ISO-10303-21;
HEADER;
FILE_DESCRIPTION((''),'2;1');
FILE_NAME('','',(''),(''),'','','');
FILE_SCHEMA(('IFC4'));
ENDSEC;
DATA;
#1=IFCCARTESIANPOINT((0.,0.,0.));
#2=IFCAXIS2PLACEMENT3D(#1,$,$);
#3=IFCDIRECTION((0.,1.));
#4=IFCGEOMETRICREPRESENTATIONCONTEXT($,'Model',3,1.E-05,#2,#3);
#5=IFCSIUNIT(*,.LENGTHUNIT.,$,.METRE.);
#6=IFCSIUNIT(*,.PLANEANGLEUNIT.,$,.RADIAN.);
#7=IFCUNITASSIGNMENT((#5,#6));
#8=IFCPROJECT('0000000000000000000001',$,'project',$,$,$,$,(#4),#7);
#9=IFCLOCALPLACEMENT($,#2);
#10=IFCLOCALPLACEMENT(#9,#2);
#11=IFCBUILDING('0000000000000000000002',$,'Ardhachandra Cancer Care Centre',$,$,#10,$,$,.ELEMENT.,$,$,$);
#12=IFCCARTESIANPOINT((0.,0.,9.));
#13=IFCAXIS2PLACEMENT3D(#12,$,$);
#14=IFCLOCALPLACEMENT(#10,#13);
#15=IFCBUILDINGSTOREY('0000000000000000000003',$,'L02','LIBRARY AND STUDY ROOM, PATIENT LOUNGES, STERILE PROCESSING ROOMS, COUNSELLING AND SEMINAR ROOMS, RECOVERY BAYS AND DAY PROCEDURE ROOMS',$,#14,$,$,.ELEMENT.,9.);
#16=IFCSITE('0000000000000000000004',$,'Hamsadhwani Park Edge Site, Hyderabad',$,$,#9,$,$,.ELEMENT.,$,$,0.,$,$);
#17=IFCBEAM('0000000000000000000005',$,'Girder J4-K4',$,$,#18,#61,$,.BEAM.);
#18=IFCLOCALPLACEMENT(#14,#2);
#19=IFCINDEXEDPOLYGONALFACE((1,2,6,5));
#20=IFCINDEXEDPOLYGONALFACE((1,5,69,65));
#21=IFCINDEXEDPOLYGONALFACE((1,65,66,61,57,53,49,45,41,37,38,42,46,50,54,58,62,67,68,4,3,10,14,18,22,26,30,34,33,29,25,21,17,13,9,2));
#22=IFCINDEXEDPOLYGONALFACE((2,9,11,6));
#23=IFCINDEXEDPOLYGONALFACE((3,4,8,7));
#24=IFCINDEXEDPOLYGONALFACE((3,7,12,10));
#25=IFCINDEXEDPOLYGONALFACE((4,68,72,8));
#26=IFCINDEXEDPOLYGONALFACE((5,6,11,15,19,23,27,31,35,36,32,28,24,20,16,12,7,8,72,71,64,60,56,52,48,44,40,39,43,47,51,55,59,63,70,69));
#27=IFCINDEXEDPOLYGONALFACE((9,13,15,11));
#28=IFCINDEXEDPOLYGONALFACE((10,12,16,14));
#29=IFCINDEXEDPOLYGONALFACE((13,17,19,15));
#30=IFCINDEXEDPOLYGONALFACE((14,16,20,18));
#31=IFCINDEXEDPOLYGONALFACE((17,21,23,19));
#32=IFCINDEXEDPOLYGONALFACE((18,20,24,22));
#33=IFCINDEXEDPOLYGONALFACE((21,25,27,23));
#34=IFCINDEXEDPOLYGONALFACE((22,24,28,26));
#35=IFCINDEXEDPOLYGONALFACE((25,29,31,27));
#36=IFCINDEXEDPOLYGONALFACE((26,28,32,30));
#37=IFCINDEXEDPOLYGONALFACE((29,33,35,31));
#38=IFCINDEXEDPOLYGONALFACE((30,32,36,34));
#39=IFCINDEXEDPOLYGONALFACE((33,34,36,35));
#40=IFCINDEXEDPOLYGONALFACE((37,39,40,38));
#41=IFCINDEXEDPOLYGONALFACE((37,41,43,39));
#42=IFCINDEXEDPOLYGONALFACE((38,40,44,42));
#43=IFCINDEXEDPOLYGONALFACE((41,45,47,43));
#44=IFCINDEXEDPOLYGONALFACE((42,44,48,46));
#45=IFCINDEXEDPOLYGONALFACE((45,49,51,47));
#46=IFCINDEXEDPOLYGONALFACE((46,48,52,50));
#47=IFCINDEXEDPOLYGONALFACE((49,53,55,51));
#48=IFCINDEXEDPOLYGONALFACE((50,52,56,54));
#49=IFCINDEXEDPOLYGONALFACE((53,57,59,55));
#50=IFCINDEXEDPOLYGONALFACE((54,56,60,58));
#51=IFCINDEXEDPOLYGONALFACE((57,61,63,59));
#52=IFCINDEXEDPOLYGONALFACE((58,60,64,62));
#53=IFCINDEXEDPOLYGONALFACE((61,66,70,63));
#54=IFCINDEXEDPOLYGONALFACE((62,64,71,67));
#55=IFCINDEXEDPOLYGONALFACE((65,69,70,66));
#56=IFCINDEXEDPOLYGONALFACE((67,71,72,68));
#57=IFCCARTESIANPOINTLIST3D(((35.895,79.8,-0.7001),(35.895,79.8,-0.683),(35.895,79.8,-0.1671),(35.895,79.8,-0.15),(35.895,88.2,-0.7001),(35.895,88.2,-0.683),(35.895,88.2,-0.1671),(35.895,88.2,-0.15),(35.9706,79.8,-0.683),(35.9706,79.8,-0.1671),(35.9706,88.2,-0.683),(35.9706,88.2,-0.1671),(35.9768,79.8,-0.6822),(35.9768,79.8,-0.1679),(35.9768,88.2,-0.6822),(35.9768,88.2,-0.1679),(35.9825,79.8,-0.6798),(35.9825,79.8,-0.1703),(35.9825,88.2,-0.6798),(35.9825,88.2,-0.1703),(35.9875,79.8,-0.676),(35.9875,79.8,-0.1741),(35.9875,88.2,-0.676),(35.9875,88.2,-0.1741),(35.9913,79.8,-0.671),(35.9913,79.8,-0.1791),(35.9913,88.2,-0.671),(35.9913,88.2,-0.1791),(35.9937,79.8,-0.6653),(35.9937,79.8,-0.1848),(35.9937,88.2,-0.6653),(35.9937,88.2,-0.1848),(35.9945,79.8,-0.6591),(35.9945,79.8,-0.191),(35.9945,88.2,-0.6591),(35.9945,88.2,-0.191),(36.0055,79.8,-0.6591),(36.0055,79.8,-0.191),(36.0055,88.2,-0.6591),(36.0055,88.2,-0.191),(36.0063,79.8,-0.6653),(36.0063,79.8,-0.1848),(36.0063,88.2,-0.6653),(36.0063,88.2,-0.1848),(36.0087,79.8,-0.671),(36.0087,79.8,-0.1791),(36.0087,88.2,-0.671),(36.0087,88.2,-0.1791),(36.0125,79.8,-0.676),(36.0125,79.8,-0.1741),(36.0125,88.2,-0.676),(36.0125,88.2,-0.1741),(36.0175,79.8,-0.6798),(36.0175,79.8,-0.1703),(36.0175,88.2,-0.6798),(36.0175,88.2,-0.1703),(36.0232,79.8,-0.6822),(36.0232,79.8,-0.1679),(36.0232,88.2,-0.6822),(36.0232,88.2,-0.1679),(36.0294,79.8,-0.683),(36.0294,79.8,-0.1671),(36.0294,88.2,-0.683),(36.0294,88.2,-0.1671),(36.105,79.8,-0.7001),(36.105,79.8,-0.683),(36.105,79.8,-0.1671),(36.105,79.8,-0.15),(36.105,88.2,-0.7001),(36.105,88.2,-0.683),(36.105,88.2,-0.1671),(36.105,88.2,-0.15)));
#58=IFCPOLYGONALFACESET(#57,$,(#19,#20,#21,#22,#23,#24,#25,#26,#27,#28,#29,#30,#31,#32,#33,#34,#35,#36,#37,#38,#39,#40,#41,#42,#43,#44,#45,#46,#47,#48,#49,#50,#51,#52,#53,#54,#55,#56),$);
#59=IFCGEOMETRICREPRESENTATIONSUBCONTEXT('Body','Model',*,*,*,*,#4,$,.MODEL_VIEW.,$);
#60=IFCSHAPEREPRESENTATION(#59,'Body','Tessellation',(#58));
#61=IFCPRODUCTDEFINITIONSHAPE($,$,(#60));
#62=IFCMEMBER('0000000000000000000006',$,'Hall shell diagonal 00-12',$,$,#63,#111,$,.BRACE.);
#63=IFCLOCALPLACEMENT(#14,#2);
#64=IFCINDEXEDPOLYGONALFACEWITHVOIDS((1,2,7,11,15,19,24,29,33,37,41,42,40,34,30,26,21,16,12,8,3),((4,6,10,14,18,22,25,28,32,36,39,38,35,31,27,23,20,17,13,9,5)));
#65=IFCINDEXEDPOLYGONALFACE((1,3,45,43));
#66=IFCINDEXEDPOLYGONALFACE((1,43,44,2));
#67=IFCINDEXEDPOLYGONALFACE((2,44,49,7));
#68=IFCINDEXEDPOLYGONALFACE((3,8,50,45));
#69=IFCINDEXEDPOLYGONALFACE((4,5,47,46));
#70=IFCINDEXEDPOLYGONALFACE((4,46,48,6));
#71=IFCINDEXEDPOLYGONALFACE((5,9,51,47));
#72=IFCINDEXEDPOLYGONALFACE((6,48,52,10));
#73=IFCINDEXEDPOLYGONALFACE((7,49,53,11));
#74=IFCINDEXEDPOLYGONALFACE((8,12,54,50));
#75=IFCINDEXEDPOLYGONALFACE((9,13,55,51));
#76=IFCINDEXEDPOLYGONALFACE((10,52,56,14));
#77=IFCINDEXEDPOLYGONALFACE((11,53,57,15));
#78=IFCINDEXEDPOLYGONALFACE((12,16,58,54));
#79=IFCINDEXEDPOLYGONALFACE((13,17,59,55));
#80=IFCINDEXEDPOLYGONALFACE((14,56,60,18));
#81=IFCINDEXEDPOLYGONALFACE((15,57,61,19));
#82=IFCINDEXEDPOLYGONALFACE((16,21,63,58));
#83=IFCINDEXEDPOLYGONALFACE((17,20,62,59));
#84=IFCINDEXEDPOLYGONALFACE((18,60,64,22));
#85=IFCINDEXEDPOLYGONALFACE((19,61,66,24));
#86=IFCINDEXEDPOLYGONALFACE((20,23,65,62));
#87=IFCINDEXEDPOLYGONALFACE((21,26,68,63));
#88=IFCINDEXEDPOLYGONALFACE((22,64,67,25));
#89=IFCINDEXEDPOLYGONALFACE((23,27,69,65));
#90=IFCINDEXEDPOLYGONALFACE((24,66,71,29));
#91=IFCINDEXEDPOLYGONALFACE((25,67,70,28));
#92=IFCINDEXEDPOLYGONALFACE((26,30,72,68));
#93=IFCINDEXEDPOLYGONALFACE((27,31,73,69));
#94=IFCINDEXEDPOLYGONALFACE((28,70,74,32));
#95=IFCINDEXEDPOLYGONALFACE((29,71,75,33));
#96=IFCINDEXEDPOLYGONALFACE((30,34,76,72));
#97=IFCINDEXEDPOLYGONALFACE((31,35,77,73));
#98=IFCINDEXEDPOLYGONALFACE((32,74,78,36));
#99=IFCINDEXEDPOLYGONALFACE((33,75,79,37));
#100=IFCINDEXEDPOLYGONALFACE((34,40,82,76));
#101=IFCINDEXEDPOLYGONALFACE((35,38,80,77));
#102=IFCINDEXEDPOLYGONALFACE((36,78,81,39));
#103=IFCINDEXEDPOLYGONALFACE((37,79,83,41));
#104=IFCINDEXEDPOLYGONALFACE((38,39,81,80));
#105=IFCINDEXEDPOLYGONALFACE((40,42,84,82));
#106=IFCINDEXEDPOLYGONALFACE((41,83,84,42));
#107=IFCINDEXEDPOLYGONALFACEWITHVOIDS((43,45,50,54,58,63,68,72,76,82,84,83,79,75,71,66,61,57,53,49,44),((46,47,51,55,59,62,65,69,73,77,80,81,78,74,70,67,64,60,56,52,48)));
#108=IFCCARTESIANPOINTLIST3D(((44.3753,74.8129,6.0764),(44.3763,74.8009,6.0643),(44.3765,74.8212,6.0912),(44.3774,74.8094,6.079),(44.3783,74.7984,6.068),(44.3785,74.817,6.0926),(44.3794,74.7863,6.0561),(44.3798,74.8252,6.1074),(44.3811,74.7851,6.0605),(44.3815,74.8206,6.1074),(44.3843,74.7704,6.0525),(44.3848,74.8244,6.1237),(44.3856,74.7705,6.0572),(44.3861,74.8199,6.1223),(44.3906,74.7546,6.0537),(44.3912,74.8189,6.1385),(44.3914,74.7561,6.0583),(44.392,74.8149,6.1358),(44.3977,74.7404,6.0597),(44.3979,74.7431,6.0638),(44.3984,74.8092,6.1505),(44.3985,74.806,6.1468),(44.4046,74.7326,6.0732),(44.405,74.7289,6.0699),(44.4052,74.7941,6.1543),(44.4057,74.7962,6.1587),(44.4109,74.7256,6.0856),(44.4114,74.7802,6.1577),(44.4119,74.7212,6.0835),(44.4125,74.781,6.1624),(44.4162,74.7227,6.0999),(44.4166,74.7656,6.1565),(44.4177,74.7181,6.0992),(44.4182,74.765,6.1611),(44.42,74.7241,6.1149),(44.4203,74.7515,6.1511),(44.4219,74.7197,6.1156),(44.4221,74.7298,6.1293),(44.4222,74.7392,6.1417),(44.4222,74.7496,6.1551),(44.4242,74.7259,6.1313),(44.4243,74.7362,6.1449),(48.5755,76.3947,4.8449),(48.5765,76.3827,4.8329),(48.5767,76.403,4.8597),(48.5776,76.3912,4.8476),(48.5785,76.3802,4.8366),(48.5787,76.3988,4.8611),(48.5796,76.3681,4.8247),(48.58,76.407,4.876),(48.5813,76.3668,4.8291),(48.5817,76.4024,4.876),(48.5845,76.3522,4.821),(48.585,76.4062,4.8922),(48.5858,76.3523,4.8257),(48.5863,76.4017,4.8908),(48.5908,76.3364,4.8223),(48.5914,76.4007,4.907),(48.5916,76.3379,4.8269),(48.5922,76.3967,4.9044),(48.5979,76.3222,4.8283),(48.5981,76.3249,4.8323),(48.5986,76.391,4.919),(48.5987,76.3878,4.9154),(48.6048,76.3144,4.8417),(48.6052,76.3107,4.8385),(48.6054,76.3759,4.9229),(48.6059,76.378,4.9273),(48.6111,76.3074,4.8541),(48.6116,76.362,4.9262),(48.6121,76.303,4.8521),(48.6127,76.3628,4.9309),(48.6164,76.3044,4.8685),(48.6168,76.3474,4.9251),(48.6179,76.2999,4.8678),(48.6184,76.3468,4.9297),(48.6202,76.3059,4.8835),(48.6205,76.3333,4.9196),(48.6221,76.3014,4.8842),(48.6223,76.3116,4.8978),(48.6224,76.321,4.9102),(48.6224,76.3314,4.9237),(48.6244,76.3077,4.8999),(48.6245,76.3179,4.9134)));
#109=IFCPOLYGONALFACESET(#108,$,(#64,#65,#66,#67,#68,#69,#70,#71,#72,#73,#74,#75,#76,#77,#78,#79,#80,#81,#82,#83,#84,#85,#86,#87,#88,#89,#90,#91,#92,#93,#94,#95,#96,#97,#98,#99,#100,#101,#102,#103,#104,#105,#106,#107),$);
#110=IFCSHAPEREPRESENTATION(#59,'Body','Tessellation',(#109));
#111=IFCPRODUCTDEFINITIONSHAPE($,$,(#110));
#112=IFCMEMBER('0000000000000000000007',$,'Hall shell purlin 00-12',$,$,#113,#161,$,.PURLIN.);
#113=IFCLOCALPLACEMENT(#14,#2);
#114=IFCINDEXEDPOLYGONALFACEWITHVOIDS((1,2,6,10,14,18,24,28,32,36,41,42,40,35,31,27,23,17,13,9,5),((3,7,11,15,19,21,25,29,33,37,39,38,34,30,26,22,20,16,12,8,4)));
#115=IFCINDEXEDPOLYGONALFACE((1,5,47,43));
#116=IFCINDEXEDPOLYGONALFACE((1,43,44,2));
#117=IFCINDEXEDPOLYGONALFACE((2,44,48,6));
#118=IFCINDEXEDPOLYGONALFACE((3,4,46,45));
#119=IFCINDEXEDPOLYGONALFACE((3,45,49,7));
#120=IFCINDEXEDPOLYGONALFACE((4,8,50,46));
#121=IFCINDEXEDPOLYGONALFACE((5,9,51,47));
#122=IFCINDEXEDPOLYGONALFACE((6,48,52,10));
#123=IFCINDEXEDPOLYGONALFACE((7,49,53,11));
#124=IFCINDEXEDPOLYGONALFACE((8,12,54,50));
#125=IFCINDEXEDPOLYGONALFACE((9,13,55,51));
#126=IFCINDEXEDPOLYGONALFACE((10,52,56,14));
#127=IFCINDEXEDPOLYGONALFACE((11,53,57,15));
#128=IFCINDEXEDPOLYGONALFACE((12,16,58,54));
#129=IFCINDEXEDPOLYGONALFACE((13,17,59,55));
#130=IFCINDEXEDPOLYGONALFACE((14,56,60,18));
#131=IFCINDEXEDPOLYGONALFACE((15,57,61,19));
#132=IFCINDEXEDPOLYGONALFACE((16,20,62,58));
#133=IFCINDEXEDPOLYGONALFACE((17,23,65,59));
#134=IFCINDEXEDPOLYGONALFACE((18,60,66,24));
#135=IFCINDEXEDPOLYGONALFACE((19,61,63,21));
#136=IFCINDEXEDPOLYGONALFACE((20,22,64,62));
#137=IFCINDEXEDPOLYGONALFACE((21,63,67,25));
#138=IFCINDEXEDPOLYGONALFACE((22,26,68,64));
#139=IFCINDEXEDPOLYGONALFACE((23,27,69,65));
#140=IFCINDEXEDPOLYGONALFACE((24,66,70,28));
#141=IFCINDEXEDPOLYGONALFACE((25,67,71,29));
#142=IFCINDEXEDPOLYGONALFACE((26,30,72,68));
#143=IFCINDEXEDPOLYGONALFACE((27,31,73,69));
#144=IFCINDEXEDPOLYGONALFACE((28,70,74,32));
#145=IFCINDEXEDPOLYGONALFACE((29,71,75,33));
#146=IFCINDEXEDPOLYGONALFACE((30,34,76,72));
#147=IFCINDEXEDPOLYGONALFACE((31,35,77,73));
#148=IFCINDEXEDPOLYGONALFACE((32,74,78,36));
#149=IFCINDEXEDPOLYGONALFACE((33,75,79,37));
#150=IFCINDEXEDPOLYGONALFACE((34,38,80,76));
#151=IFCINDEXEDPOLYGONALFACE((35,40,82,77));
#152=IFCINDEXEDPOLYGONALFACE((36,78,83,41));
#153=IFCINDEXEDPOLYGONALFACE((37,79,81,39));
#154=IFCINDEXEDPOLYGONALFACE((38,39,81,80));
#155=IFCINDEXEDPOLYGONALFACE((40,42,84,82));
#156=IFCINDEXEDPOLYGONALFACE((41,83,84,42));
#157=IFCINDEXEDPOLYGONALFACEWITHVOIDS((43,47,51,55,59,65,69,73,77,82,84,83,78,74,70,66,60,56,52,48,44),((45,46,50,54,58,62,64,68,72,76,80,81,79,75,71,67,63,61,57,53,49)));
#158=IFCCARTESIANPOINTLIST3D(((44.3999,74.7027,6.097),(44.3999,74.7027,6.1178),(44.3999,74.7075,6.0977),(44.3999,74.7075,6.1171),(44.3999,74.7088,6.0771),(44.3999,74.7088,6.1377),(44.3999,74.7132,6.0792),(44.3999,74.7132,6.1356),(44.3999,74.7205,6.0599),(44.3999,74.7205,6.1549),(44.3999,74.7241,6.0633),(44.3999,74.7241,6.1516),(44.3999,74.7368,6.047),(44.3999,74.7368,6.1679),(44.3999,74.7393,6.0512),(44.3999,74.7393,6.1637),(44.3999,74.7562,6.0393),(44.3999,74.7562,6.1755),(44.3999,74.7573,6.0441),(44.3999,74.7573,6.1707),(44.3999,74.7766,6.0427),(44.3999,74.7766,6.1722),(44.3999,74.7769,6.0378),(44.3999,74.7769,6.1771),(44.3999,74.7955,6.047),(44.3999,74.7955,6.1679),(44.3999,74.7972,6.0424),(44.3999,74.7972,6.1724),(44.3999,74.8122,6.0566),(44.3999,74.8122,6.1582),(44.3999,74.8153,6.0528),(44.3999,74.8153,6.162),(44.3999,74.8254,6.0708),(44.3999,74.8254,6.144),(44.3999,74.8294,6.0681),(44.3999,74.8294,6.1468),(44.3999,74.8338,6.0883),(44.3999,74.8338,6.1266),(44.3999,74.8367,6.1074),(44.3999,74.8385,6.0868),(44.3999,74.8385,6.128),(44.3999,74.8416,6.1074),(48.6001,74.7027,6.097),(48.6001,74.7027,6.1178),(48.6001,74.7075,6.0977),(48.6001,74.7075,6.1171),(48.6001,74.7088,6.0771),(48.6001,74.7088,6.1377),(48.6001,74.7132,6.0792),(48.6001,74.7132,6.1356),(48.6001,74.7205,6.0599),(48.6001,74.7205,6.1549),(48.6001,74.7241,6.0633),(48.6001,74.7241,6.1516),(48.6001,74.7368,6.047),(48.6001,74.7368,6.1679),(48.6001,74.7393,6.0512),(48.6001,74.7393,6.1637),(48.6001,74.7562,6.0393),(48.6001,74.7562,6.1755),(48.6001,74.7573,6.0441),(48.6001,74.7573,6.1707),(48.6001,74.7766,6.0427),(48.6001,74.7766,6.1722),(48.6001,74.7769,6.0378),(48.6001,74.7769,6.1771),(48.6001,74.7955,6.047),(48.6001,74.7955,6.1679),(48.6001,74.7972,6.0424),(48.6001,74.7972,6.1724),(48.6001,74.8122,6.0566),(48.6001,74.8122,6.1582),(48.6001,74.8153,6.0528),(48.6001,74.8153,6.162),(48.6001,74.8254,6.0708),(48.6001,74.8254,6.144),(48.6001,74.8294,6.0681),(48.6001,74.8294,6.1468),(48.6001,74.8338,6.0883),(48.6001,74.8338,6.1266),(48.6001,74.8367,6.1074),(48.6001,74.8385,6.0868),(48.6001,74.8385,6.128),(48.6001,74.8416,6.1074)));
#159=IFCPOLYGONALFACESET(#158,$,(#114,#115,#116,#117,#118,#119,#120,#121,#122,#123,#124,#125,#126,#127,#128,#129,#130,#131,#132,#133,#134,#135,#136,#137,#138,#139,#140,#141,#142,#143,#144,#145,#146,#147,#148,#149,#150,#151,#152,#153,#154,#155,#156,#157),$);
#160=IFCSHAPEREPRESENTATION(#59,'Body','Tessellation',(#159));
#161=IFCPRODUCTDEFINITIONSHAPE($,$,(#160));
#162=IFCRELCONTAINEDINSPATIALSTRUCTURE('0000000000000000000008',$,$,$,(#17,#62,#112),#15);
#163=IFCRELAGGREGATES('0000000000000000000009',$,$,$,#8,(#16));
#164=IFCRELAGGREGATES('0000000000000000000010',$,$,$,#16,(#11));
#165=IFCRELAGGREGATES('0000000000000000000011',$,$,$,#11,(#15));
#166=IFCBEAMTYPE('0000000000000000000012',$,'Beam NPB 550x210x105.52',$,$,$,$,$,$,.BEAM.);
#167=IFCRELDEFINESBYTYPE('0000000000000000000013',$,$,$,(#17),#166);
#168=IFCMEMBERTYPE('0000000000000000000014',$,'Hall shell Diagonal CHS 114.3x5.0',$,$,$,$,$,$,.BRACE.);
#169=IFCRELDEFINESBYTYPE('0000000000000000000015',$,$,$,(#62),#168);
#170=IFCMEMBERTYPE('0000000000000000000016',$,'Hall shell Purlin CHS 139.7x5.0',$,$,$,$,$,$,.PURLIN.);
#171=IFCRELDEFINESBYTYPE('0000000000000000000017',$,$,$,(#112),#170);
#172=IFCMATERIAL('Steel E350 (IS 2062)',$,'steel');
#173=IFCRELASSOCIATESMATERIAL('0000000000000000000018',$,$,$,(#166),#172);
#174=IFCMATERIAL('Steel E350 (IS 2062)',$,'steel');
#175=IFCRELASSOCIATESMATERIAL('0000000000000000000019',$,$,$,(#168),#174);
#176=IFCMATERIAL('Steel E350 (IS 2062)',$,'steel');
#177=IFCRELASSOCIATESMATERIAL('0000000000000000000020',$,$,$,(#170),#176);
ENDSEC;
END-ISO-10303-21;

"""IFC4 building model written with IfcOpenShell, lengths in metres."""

from ifc_helpers import new_model, si_unit, direction, frame, origin, origin_2d, place, context, subcontext, project, spatial, hollow_circle, i_section, extrude, material, material_profile, profile_set, type_object, element, save


model = new_model("IFC4")

# Units and contexts
model_context = context("Model", 3, precision=1e-05, world=origin(), true_north=direction((0.0, 1.0)))
body_context = subcontext(model_context, "Body", "Model", "MODEL_VIEW")
ifc_project = project(units=[si_unit("LENGTHUNIT", "METRE"), si_unit("PLANEANGLEUNIT", "RADIAN")], contexts=[model_context])

# Site, building, storey
site_placement = place(None, origin())
site = spatial("IfcSite", under=ifc_project, at=site_placement, Name="Hamsadhwani Park Edge Site, Hyderabad", CompositionType="ELEMENT", RefElevation=0.0)
building_placement = place(site_placement, origin())
building = spatial("IfcBuilding", under=site, at=building_placement, Name="Ardhachandra Cancer Care Centre", CompositionType="ELEMENT")
storey_placement = place(building_placement, frame((0.0, 0.0, 9.0)))
storey = spatial("IfcBuildingStorey", under=building, at=storey_placement, Name="L02", Description="LIBRARY AND STUDY ROOM, PATIENT LOUNGES, STERILE PROCESSING ROOMS, COUNSELLING AND SEMINAR ROOMS, RECOVERY BAYS AND DAY PROCEDURE ROOMS", CompositionType="ELEMENT", Elevation=9.0)

# Beam
ifc_material_1 = material(Name="Steel E350 (IS 2062)", Category="steel")
ifc_material_profile_1 = material_profile(ifc_material_1, i_section(OverallWidth=0.21, OverallDepth=0.55, WebThickness=0.011, FlangeThickness=0.0171, FilletRadius=0.0239, at=origin_2d()), Name="NPB 550x210x105.52")
ifc_profile_set_1 = profile_set([ifc_material_profile_1], Name="Steel E350 (IS 2062)")
beam_type_1 = type_object("IfcBeamType", Name="Beam NPB 550x210x105.52", PredefinedType="BEAM", material=ifc_profile_set_1)
for number, where, z_axis, x_axis, name in (
    (1, (36.0, 79.8, -0.425), (0.0, 1.0, 0.0), (-1.0, 0.0, 0.0), "Girder J4-K4"),
):
    element("IfcBeam", number, at=place(storey_placement, frame(where, z_axis=z_axis, x_axis=x_axis)), inside=storey, type_object=beam_type_1, Name=name, PredefinedType="BEAM", context=body_context, shape_type="SweptSolid", body=[
        extrude(i_section(OverallWidth=0.21, OverallDepth=0.55, WebThickness=0.011, FlangeThickness=0.0171, FilletRadius=0.0239, at=origin_2d()), origin(), (0.0, 0.0, 1.0), 8.3999),
    ])

# Members
ifc_material_2 = material(Name="Steel E350 (IS 2062)", Category="steel")
ifc_material_profile_2 = material_profile(ifc_material_2, hollow_circle(Radius=0.0571, WallThickness=0.0049, at=origin_2d()), Name="CHS 114.3x5.0")
ifc_profile_set_2 = profile_set([ifc_material_profile_2], Name="Steel E350 (IS 2062)")
member_type_1 = type_object("IfcMemberType", Name="Hall shell Diagonal CHS 114.3x5.0", PredefinedType="BRACE", material=ifc_profile_set_2)
member_1_placement = place(storey_placement, frame((44.3999, 74.7717, 6.1074), z_axis=(0.902482, 0.339874, -0.264597), x_axis=(-0.352435, 0.935836, 0.0)))
element("IfcMember", 2, at=member_1_placement, inside=storey, type_object=member_type_1, Name="Hall shell diagonal 00-12", PredefinedType="BRACE", context=body_context, shape_type="SweptSolid", body=[
    extrude(hollow_circle(Radius=0.0571, WallThickness=0.0049, at=origin_2d()), origin(), (0.0, 0.0, 1.0), 4.6541),
])
ifc_material_3 = material(Name="Steel E350 (IS 2062)", Category="steel")
ifc_material_profile_3 = material_profile(ifc_material_3, hollow_circle(Radius=0.0698, WallThickness=0.0049, at=origin_2d()), Name="CHS 139.7x5.0")
ifc_profile_set_3 = profile_set([ifc_material_profile_3], Name="Steel E350 (IS 2062)")
member_type_2 = type_object("IfcMemberType", Name="Hall shell Purlin CHS 139.7x5.0", PredefinedType="PURLIN", material=ifc_profile_set_3)
member_2_placement = place(storey_placement, frame((44.3999, 74.7717, 6.1074), z_axis=(1.0, 0.0, 0.0), x_axis=(0.0, 1.0, 0.0)))
element("IfcMember", 3, at=member_2_placement, inside=storey, type_object=member_type_2, Name="Hall shell purlin 00-12", PredefinedType="PURLIN", context=body_context, shape_type="SweptSolid", body=[
    extrude(hollow_circle(Radius=0.0698, WallThickness=0.0049, at=origin_2d()), origin(), (0.0, 0.0, 1.0), 4.2002),
])

save(model, "model.ifc")
